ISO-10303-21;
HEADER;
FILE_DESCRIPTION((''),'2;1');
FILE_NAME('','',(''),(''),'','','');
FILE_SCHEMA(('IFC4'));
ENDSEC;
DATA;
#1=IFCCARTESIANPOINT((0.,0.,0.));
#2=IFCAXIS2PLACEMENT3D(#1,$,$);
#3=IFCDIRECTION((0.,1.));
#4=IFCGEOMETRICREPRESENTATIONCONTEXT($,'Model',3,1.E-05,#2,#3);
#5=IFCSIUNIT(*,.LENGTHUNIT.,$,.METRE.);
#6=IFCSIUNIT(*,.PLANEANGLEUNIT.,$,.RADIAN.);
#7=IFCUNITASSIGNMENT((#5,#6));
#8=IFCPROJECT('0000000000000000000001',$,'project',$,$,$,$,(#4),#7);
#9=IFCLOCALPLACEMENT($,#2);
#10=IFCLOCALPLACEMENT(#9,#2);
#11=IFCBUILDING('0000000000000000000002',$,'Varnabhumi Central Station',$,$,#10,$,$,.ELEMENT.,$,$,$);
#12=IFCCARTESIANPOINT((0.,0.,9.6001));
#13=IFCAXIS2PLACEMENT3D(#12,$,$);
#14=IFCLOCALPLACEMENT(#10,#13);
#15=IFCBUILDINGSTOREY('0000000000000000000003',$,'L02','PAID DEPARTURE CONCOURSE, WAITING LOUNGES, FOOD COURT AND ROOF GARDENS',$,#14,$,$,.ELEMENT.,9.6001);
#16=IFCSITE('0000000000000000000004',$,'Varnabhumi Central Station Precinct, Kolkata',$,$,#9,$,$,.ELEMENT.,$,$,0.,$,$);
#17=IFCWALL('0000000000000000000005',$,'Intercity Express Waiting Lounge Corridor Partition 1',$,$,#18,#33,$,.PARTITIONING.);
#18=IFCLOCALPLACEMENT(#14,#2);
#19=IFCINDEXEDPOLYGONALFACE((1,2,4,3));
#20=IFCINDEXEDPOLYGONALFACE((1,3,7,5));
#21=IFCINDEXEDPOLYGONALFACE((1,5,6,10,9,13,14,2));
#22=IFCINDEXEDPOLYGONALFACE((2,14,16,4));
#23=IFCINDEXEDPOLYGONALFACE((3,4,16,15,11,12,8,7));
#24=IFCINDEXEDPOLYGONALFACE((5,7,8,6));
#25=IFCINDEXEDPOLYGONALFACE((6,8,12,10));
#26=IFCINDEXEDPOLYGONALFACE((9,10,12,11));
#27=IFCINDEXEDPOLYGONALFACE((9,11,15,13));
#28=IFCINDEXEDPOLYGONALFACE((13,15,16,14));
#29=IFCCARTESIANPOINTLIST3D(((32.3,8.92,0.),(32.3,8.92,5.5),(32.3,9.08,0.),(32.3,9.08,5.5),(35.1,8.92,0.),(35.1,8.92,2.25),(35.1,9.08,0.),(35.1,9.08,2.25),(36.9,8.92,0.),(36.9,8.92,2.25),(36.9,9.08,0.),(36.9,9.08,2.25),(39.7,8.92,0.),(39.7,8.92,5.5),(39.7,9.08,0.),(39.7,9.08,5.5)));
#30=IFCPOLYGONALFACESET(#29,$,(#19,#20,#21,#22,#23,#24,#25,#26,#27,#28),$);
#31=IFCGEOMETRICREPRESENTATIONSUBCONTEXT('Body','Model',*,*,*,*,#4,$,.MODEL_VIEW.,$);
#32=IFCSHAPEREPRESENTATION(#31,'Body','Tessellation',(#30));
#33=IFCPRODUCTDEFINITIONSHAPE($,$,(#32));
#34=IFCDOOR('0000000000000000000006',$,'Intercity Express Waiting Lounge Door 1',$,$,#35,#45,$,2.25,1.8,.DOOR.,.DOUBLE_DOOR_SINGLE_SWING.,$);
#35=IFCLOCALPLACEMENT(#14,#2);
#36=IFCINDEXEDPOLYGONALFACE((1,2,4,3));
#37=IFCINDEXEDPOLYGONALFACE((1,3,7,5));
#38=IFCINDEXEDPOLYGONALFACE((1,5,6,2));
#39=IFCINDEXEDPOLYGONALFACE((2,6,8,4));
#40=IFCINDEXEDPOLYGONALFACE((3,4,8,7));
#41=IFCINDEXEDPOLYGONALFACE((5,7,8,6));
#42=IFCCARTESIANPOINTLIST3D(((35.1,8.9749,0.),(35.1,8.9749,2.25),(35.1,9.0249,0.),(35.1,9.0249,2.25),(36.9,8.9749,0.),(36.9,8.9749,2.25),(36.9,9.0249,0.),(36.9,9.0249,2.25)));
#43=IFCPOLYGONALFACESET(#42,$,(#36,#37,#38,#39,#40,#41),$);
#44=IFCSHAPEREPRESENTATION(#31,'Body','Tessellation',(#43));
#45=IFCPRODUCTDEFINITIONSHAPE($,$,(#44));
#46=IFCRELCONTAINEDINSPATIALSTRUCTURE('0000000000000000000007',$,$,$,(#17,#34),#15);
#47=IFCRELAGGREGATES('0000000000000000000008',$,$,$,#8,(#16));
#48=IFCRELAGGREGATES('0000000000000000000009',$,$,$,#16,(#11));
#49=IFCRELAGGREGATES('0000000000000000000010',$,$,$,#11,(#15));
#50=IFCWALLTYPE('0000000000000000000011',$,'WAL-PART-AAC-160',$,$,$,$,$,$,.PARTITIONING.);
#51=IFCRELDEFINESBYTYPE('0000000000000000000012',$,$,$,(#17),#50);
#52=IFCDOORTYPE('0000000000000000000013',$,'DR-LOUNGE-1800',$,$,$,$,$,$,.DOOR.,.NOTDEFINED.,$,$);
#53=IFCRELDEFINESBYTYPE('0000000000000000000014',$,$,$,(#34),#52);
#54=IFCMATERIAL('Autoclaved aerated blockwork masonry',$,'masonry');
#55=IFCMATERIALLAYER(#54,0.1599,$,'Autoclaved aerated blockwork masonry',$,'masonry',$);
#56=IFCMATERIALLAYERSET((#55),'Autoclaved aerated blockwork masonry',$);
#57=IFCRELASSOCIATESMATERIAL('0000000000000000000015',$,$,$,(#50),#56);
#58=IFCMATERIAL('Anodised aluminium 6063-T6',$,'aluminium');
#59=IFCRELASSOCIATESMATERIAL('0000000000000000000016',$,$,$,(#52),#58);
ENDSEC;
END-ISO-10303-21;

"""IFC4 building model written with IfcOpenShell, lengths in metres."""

from ifc_helpers import new_model, si_unit, direction, frame, frame_2d, origin, place, context, subcontext, project, spatial, rectangle, extrude, material, layer, layer_set, type_object, element, fill, save


model = new_model("IFC4")

# Units and contexts
model_context = context("Model", 3, precision=1e-05, world=origin(), true_north=direction((0.0, 1.0)))
body_context = subcontext(model_context, "Body", "Model", "MODEL_VIEW")
ifc_project = project(units=[si_unit("LENGTHUNIT", "METRE"), si_unit("PLANEANGLEUNIT", "RADIAN")], contexts=[model_context])

# Site, building, storey
site_placement = place(None, origin())
site = spatial("IfcSite", under=ifc_project, at=site_placement, Name="Varnabhumi Central Station Precinct, Kolkata", CompositionType="ELEMENT", RefElevation=0.0)
building_placement = place(site_placement, origin())
building = spatial("IfcBuilding", under=site, at=building_placement, Name="Varnabhumi Central Station", CompositionType="ELEMENT")
storey_placement = place(building_placement, frame((0.0, 0.0, 9.6001)))
storey = spatial("IfcBuildingStorey", under=building, at=storey_placement, Name="L02", Description="PAID DEPARTURE CONCOURSE, WAITING LOUNGES, FOOD COURT AND ROOF GARDENS", CompositionType="ELEMENT", Elevation=9.6001)

# Shared definitions
ifc_material_1 = material(Name="Autoclaved aerated blockwork masonry", Category="masonry")

# Shared definitions
ifc_material_2 = material(Name="Anodised aluminium 6063-T6", Category="aluminium")
ifc_layer_1 = layer(ifc_material_1, 0.1599, Name="Autoclaved aerated blockwork masonry", Category="masonry")
ifc_layer_set_1 = layer_set([ifc_layer_1], Name="Autoclaved aerated blockwork masonry")
wall_type_1 = type_object("IfcWallType", Name="WAL-PART-AAC-160", PredefinedType="PARTITIONING", material=ifc_layer_set_1)
door_type_1 = type_object("IfcDoorType", Name="DR-LOUNGE-1800", OperationType="NOTDEFINED", PredefinedType="DOOR", material=ifc_material_2)

# Wall, opening, door
wall_1_placement = place(storey_placement, frame((32.3, 9.0, 0.0), z_axis=(0.0, 0.0, 1.0), x_axis=(1.0, 0.0, 0.0)))
wall_1 = element("IfcWall", 1, at=wall_1_placement, inside=storey, type_object=wall_type_1, Name="Intercity Express Waiting Lounge Corridor Partition 1", PredefinedType="PARTITIONING", context=body_context, shape_type="SweptSolid", body=[
    extrude(rectangle(XDim=7.3999, YDim=0.1599, at=frame_2d((3.7, 0.0))), origin(), (0.0, 0.0, 1.0), 5.5),
])
opening_1_placement = place(wall_1_placement, frame((2.8, 0.0, 0.0)))
opening_1 = element("IfcOpeningElement", 2, at=opening_1_placement, cuts=wall_1, PredefinedType="OPENING", context=body_context, shape_type="SweptSolid", body=[
    extrude(rectangle(XDim=1.8, YDim=2.25, at=frame_2d((0.8999, 1.125))), frame((0.0, 0.0898, 0.0), z_axis=(0.0, -1.0, 0.0), x_axis=(1.0, 0.0, 0.0)), (0.0, 0.0, 1.0), 0.1799),
])
door_1_placement = place(opening_1_placement, origin())
door_1 = element("IfcDoor", 3, at=door_1_placement, inside=storey, type_object=door_type_1, Name="Intercity Express Waiting Lounge Door 1", OperationType="DOUBLE_DOOR_SINGLE_SWING", OverallHeight=2.25, OverallWidth=1.8, PredefinedType="DOOR", context=body_context, shape_type="SweptSolid", body=[
    extrude(rectangle(XDim=1.8, YDim=2.25, at=frame_2d((0.8999, 1.125))), frame((0.0, 0.0249, 0.0), z_axis=(0.0, -1.0, 0.0), x_axis=(1.0, 0.0, 0.0)), (0.0, 0.0, 1.0), 0.05),
])
fill(opening_1, door_1)

save(model, "model.ifc")
